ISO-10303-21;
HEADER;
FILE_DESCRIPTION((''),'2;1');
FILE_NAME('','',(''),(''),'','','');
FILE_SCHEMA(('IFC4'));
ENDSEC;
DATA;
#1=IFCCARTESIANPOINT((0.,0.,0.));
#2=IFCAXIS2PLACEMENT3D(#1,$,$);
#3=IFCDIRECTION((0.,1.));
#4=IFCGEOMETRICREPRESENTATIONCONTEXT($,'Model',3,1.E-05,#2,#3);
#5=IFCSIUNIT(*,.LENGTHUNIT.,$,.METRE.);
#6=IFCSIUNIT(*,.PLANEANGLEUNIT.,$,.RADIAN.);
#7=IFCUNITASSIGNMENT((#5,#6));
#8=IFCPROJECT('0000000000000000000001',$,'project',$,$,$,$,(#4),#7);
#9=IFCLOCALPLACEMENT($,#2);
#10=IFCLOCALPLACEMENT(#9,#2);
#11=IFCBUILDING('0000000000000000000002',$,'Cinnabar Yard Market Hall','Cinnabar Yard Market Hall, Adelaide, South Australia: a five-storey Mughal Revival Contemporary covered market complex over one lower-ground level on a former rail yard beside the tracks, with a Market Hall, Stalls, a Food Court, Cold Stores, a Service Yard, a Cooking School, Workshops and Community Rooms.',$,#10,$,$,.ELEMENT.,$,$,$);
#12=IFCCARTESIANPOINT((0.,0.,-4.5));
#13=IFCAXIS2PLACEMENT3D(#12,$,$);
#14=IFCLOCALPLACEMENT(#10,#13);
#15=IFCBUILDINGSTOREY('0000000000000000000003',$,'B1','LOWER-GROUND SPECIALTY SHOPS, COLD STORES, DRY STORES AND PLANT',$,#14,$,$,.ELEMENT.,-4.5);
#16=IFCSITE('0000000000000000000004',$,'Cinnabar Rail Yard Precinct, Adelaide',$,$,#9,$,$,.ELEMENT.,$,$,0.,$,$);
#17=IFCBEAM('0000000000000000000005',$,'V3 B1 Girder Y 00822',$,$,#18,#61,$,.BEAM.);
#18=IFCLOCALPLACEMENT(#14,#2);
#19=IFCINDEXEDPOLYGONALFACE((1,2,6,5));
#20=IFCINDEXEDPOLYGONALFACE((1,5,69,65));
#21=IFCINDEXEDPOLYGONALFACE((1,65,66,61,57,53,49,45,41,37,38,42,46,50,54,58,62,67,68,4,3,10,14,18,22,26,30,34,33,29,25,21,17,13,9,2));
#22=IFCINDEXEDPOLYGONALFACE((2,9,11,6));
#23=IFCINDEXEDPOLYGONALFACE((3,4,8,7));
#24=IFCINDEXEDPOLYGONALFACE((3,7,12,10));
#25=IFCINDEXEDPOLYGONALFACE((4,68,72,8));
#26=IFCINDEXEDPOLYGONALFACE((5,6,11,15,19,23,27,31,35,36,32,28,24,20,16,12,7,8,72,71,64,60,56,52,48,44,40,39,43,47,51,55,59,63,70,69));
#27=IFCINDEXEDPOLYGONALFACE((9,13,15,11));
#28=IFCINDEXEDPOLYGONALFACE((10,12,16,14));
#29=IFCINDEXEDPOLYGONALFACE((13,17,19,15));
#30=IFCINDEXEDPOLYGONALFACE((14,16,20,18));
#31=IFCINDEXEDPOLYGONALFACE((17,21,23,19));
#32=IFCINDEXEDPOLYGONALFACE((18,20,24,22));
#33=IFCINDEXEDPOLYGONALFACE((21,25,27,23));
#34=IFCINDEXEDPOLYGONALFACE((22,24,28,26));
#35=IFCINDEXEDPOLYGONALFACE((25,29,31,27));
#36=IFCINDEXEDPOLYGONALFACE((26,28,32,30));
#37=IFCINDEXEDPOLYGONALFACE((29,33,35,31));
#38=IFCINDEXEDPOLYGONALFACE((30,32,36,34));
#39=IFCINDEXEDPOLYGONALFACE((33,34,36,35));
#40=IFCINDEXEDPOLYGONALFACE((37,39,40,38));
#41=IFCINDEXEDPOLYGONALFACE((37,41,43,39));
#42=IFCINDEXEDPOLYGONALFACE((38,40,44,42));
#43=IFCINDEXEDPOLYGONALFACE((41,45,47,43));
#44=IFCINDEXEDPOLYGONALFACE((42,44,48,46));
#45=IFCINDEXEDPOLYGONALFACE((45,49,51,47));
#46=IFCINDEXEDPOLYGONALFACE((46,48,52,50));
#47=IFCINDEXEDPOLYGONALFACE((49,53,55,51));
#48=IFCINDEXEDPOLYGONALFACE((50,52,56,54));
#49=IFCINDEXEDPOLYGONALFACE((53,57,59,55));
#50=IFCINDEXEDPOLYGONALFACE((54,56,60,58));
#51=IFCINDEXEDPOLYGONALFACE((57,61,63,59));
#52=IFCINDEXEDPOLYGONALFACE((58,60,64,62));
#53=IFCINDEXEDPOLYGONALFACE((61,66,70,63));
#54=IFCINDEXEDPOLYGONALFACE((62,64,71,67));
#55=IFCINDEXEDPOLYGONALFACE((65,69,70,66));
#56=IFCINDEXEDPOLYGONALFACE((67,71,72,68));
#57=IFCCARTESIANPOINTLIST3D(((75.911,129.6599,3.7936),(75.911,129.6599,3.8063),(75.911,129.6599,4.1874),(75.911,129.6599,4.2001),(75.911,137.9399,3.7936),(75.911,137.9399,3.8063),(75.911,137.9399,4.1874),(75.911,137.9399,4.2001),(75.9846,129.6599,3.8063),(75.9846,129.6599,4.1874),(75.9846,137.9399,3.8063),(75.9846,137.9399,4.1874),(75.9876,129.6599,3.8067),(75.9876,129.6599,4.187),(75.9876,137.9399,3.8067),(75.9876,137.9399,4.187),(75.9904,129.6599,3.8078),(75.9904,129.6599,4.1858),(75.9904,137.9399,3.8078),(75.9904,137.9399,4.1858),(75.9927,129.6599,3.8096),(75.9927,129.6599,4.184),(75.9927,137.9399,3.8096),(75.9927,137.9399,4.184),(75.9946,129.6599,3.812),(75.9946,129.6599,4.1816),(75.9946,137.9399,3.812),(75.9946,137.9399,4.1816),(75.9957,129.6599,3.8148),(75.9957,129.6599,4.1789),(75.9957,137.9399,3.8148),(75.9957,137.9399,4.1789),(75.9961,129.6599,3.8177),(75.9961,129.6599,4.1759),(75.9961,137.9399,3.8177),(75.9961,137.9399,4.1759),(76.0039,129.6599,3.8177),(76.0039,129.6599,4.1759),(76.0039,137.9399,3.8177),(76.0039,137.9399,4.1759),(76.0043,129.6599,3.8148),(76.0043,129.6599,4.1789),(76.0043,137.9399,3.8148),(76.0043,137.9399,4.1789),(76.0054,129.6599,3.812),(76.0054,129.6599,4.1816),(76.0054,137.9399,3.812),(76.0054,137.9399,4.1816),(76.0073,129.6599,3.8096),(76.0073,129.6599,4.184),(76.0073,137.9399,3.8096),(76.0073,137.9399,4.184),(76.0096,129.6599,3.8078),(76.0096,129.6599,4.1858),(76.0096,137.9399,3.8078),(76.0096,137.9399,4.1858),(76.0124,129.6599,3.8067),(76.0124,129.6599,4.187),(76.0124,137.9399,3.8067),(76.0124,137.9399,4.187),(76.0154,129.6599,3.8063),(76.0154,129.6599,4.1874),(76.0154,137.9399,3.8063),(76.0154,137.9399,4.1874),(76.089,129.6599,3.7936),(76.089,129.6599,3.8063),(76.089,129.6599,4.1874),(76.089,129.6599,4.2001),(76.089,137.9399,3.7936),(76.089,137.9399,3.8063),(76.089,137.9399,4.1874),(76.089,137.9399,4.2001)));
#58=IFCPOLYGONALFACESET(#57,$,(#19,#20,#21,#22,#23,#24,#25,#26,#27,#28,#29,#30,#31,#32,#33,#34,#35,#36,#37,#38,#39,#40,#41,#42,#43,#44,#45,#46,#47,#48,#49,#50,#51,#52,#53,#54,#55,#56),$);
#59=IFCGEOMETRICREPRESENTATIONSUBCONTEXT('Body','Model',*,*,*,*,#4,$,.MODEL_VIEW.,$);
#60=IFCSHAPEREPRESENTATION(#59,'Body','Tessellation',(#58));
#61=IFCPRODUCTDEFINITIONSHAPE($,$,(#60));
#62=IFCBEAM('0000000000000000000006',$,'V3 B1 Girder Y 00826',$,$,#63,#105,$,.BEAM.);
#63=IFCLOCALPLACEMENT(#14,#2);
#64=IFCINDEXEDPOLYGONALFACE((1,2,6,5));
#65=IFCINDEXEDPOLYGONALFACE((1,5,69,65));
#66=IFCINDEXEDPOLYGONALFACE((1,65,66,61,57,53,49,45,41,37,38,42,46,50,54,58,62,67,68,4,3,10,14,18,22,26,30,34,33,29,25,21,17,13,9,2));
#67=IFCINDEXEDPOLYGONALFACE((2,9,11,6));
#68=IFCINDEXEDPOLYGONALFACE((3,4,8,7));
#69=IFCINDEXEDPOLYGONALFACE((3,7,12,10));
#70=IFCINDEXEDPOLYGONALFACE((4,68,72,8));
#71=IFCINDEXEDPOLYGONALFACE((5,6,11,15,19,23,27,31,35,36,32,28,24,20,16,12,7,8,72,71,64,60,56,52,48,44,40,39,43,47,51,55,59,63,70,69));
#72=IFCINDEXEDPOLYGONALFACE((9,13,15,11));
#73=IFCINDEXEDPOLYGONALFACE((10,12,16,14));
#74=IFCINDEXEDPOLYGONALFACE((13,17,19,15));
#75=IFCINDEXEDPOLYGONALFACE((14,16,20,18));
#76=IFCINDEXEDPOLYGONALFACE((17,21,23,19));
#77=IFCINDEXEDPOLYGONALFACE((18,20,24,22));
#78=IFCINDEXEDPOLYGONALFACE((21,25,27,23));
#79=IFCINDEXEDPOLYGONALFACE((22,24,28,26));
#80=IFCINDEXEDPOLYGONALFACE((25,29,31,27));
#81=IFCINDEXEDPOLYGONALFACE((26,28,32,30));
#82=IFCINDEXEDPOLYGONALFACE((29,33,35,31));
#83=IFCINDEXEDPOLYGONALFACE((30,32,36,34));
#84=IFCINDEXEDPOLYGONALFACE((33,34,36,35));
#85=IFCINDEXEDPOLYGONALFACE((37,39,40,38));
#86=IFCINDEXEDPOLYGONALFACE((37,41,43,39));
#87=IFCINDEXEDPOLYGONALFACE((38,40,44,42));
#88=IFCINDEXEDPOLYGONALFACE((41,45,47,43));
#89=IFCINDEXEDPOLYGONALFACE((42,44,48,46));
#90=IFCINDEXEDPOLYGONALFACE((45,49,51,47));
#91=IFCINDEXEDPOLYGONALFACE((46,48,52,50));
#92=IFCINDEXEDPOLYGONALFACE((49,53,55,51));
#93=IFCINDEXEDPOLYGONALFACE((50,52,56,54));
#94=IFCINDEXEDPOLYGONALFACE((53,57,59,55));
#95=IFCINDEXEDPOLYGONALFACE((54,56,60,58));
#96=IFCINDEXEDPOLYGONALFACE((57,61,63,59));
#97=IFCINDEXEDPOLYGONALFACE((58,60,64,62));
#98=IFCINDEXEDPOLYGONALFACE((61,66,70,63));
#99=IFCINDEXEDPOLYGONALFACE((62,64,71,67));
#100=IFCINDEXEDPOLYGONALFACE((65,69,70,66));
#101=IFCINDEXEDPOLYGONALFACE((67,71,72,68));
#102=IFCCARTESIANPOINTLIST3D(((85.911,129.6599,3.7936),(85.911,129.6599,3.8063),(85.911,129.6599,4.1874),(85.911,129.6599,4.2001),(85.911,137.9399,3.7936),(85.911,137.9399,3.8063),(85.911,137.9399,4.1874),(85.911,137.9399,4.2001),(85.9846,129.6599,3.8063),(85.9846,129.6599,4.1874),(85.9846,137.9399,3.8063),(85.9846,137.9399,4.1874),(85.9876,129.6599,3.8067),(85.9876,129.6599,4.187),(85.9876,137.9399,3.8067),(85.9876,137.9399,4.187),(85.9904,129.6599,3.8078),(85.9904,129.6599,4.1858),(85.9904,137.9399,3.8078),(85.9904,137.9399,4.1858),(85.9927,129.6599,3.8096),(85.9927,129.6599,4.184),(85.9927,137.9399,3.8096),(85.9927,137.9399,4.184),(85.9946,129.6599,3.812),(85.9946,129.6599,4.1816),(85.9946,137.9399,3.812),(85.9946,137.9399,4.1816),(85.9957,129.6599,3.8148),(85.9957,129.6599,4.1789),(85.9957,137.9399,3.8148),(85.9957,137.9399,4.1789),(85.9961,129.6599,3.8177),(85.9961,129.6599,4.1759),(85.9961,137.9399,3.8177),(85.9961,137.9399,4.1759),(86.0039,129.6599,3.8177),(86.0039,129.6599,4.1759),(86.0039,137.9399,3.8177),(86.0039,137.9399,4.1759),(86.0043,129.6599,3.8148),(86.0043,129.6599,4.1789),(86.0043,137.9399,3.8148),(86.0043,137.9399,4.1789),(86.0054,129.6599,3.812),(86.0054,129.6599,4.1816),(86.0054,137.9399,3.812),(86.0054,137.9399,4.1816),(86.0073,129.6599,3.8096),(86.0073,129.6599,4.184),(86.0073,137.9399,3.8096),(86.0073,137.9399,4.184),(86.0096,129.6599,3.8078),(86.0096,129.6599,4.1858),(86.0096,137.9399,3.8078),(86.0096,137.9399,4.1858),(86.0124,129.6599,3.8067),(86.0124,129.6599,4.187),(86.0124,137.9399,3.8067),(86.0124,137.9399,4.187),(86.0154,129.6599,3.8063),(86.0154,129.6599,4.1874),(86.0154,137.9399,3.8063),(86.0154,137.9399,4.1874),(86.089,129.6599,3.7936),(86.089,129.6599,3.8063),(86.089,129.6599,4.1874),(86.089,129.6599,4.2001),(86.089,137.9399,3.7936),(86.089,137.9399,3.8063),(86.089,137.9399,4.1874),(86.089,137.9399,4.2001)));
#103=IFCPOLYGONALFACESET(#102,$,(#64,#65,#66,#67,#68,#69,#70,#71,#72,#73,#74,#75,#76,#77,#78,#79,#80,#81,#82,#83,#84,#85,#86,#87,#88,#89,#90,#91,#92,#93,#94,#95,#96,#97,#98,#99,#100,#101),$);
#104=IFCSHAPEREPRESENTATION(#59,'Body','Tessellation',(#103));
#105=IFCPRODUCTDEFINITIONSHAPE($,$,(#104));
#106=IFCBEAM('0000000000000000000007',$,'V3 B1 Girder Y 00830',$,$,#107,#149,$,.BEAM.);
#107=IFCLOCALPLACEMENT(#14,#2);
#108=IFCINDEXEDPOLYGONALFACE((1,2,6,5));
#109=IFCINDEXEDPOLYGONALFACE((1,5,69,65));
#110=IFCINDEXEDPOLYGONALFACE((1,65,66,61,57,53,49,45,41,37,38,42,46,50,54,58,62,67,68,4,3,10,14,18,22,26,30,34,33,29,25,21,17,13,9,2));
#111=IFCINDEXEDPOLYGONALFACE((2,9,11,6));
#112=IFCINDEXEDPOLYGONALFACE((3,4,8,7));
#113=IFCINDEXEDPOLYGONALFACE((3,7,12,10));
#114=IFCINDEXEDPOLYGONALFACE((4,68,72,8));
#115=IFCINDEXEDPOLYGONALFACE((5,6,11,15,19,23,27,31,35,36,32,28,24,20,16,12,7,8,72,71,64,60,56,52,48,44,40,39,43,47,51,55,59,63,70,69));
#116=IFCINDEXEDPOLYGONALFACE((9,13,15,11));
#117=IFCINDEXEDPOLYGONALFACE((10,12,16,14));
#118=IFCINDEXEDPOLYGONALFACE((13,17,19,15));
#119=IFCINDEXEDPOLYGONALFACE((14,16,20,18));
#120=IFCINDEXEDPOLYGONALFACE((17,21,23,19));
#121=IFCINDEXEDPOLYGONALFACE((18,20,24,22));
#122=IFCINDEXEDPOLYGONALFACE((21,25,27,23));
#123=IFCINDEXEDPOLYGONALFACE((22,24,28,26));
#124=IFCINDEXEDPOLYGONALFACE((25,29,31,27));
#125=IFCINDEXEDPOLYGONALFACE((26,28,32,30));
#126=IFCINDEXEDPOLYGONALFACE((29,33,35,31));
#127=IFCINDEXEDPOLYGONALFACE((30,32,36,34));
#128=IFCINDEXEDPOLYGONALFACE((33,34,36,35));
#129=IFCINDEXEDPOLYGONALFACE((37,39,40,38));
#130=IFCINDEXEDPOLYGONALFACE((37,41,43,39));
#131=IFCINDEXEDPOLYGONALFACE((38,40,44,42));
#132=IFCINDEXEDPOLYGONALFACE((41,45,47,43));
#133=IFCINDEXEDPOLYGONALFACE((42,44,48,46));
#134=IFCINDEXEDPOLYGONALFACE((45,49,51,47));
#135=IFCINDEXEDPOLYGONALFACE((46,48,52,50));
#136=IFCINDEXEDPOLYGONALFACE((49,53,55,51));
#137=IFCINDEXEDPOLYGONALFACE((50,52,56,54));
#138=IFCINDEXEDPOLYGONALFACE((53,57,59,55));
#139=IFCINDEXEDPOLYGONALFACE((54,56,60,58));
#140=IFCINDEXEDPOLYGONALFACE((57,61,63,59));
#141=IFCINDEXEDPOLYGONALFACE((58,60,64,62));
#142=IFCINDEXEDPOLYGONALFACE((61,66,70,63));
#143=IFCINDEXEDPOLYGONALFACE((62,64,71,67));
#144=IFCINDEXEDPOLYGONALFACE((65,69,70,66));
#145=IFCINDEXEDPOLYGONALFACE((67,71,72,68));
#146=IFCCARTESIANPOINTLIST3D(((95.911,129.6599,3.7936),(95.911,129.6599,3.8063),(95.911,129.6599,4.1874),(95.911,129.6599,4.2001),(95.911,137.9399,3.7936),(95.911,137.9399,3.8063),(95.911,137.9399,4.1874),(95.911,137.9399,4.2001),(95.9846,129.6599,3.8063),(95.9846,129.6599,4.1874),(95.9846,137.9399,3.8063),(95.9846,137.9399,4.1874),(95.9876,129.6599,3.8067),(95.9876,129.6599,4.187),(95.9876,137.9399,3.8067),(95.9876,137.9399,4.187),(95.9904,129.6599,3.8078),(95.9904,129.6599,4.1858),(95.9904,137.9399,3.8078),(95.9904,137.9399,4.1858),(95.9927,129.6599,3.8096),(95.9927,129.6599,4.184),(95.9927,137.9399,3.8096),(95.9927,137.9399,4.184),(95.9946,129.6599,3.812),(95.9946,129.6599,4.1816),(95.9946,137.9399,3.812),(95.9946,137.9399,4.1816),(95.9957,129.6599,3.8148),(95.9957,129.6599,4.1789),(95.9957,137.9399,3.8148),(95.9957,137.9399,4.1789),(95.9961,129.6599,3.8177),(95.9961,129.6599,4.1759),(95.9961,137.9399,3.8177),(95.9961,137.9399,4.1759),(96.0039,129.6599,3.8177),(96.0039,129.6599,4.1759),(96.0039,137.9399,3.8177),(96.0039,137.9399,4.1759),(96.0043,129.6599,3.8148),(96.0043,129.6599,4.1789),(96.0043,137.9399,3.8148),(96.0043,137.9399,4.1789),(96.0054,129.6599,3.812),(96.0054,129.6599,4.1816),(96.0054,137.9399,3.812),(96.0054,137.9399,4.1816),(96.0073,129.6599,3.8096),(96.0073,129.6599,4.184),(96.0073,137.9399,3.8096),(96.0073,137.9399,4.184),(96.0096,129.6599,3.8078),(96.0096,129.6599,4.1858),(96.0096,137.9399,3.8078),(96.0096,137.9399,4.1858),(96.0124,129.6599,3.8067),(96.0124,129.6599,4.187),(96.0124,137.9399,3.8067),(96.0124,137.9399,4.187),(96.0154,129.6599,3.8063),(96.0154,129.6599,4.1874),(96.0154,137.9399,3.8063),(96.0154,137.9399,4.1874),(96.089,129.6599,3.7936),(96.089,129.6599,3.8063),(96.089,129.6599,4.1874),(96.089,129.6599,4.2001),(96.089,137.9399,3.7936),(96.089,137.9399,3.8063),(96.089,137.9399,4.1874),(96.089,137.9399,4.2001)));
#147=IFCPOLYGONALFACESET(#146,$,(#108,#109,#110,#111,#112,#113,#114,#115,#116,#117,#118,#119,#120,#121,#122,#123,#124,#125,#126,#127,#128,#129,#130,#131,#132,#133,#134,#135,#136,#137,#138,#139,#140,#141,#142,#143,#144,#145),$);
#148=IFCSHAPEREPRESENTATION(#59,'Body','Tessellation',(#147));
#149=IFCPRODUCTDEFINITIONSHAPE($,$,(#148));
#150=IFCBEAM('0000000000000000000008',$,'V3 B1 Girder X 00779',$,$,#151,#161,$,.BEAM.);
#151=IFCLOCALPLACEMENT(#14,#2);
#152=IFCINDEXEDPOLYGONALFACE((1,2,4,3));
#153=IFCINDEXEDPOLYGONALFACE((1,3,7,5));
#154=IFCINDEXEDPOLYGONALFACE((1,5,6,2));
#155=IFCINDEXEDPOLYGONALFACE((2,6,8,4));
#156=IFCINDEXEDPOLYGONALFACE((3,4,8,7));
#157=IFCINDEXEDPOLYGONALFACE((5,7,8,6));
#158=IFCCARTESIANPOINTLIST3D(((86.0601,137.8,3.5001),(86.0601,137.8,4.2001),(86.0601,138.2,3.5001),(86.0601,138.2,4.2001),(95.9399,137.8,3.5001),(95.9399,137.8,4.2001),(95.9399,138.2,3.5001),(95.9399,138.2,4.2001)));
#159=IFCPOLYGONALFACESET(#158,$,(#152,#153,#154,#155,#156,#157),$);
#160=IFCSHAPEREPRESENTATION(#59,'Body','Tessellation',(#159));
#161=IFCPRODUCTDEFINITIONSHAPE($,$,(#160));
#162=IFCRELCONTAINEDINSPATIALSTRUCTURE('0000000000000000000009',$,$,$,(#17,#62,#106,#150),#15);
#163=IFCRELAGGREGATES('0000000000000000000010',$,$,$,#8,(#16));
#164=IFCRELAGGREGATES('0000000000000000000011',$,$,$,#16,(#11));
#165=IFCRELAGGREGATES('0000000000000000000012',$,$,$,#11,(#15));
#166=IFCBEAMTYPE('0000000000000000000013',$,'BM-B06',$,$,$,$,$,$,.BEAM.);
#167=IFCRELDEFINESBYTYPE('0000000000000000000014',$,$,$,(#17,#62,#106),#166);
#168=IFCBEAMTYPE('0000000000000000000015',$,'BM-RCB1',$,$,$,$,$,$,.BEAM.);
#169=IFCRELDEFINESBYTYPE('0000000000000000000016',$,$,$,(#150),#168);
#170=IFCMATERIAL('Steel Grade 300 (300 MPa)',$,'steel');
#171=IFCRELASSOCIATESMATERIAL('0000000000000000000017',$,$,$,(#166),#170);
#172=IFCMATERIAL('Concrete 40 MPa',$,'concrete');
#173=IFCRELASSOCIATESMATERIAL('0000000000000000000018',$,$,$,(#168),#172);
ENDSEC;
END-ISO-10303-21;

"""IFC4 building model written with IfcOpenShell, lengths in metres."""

from ifc_helpers import new_model, si_unit, direction, frame, origin, origin_2d_with_axis, place, context, subcontext, project, spatial, rectangle, i_section, extrude, material, material_profile, profile_set, type_object, element, save


model = new_model("IFC4")

# Units and contexts
model_context = context("Model", 3, precision=1e-05, world=origin(), true_north=direction((0.0, 1.0)))
body_context = subcontext(model_context, "Body", "Model", "MODEL_VIEW")
ifc_project = project(units=[si_unit("LENGTHUNIT", "METRE"), si_unit("PLANEANGLEUNIT", "RADIAN")], contexts=[model_context])

# Site, building, storey
site_placement = place(None, origin())
site = spatial("IfcSite", under=ifc_project, at=site_placement, Name="Cinnabar Rail Yard Precinct, Adelaide", CompositionType="ELEMENT", RefElevation=0.0)
building_placement = place(site_placement, origin())
building = spatial("IfcBuilding", under=site, at=building_placement, Name="Cinnabar Yard Market Hall", Description="Cinnabar Yard Market Hall, Adelaide, South Australia: a five-storey Mughal Revival Contemporary covered market complex over one lower-ground level on a former rail yard beside the tracks, with a Market Hall, Stalls, a Food Court, Cold Stores, a Service Yard, a Cooking School, Workshops and Community Rooms.", CompositionType="ELEMENT")
storey_placement = place(building_placement, frame((0.0, 0.0, -4.5)))
storey = spatial("IfcBuildingStorey", under=building, at=storey_placement, Name="B1", Description="LOWER-GROUND SPECIALTY SHOPS, COLD STORES, DRY STORES AND PLANT", CompositionType="ELEMENT", Elevation=-4.5)

# Shared definitions
ifc_material_1 = material(Name="Concrete 40 MPa", Category="concrete")

# Shared definitions
ifc_material_2 = material(Name="Steel Grade 300 (300 MPa)", Category="steel")

# Beams
ifc_material_profile_1 = material_profile(ifc_material_2, i_section(OverallWidth=0.178, OverallDepth=0.4065, WebThickness=0.0078, FlangeThickness=0.0127, FilletRadius=0.0115, at=origin_2d_with_axis()), Name="410UB59.7")
ifc_profile_set_1 = profile_set([ifc_material_profile_1], Name="Steel Grade 300 (300 MPa)")
beam_type_1 = type_object("IfcBeamType", Name="BM-B06", PredefinedType="BEAM", material=ifc_profile_set_1)
for number, where, z_axis, x_axis, name in (
    (1, (76.0, 129.6599, 3.9968), (0.0, 1.0, 0.0), (-1.0, 0.0, 0.0), "V3 B1 Girder Y 00822"),
    (2, (86.0, 129.6599, 3.9968), (0.0, 1.0, 0.0), (-1.0, 0.0, 0.0), "V3 B1 Girder Y 00826"),
    (3, (96.0, 129.6599, 3.9968), (0.0, 1.0, 0.0), (-1.0, 0.0, 0.0), "V3 B1 Girder Y 00830"),
):
    element("IfcBeam", number, at=place(storey_placement, frame(where, z_axis=z_axis, x_axis=x_axis)), inside=storey, type_object=beam_type_1, Name=name, PredefinedType="BEAM", context=body_context, shape_type="SweptSolid", body=[
        extrude(i_section(OverallWidth=0.178, OverallDepth=0.4065, WebThickness=0.0078, FlangeThickness=0.0127, FilletRadius=0.0115, at=origin_2d_with_axis()), origin(), (0.0, 0.0, 1.0), 8.28),
    ])
ifc_material_profile_2 = material_profile(ifc_material_1, rectangle(XDim=0.3999, YDim=0.7, at=origin_2d_with_axis()), Name="RCB-400x700")
ifc_profile_set_2 = profile_set([ifc_material_profile_2], Name="Concrete 40 MPa")
beam_type_2 = type_object("IfcBeamType", Name="BM-RCB1", PredefinedType="BEAM", material=ifc_profile_set_2)
beam_1_placement = place(storey_placement, frame((86.0601, 138.0, 3.8501), z_axis=(1.0, 0.0, 0.0), x_axis=(0.0, 1.0, 0.0)))
element("IfcBeam", 4, at=beam_1_placement, inside=storey, type_object=beam_type_2, Name="V3 B1 Girder X 00779", PredefinedType="BEAM", context=body_context, shape_type="SweptSolid", body=[
    extrude(rectangle(XDim=0.3999, YDim=0.7, at=origin_2d_with_axis()), origin(), (0.0, 0.0, 1.0), 9.8799),
])

save(model, "model.ifc")
